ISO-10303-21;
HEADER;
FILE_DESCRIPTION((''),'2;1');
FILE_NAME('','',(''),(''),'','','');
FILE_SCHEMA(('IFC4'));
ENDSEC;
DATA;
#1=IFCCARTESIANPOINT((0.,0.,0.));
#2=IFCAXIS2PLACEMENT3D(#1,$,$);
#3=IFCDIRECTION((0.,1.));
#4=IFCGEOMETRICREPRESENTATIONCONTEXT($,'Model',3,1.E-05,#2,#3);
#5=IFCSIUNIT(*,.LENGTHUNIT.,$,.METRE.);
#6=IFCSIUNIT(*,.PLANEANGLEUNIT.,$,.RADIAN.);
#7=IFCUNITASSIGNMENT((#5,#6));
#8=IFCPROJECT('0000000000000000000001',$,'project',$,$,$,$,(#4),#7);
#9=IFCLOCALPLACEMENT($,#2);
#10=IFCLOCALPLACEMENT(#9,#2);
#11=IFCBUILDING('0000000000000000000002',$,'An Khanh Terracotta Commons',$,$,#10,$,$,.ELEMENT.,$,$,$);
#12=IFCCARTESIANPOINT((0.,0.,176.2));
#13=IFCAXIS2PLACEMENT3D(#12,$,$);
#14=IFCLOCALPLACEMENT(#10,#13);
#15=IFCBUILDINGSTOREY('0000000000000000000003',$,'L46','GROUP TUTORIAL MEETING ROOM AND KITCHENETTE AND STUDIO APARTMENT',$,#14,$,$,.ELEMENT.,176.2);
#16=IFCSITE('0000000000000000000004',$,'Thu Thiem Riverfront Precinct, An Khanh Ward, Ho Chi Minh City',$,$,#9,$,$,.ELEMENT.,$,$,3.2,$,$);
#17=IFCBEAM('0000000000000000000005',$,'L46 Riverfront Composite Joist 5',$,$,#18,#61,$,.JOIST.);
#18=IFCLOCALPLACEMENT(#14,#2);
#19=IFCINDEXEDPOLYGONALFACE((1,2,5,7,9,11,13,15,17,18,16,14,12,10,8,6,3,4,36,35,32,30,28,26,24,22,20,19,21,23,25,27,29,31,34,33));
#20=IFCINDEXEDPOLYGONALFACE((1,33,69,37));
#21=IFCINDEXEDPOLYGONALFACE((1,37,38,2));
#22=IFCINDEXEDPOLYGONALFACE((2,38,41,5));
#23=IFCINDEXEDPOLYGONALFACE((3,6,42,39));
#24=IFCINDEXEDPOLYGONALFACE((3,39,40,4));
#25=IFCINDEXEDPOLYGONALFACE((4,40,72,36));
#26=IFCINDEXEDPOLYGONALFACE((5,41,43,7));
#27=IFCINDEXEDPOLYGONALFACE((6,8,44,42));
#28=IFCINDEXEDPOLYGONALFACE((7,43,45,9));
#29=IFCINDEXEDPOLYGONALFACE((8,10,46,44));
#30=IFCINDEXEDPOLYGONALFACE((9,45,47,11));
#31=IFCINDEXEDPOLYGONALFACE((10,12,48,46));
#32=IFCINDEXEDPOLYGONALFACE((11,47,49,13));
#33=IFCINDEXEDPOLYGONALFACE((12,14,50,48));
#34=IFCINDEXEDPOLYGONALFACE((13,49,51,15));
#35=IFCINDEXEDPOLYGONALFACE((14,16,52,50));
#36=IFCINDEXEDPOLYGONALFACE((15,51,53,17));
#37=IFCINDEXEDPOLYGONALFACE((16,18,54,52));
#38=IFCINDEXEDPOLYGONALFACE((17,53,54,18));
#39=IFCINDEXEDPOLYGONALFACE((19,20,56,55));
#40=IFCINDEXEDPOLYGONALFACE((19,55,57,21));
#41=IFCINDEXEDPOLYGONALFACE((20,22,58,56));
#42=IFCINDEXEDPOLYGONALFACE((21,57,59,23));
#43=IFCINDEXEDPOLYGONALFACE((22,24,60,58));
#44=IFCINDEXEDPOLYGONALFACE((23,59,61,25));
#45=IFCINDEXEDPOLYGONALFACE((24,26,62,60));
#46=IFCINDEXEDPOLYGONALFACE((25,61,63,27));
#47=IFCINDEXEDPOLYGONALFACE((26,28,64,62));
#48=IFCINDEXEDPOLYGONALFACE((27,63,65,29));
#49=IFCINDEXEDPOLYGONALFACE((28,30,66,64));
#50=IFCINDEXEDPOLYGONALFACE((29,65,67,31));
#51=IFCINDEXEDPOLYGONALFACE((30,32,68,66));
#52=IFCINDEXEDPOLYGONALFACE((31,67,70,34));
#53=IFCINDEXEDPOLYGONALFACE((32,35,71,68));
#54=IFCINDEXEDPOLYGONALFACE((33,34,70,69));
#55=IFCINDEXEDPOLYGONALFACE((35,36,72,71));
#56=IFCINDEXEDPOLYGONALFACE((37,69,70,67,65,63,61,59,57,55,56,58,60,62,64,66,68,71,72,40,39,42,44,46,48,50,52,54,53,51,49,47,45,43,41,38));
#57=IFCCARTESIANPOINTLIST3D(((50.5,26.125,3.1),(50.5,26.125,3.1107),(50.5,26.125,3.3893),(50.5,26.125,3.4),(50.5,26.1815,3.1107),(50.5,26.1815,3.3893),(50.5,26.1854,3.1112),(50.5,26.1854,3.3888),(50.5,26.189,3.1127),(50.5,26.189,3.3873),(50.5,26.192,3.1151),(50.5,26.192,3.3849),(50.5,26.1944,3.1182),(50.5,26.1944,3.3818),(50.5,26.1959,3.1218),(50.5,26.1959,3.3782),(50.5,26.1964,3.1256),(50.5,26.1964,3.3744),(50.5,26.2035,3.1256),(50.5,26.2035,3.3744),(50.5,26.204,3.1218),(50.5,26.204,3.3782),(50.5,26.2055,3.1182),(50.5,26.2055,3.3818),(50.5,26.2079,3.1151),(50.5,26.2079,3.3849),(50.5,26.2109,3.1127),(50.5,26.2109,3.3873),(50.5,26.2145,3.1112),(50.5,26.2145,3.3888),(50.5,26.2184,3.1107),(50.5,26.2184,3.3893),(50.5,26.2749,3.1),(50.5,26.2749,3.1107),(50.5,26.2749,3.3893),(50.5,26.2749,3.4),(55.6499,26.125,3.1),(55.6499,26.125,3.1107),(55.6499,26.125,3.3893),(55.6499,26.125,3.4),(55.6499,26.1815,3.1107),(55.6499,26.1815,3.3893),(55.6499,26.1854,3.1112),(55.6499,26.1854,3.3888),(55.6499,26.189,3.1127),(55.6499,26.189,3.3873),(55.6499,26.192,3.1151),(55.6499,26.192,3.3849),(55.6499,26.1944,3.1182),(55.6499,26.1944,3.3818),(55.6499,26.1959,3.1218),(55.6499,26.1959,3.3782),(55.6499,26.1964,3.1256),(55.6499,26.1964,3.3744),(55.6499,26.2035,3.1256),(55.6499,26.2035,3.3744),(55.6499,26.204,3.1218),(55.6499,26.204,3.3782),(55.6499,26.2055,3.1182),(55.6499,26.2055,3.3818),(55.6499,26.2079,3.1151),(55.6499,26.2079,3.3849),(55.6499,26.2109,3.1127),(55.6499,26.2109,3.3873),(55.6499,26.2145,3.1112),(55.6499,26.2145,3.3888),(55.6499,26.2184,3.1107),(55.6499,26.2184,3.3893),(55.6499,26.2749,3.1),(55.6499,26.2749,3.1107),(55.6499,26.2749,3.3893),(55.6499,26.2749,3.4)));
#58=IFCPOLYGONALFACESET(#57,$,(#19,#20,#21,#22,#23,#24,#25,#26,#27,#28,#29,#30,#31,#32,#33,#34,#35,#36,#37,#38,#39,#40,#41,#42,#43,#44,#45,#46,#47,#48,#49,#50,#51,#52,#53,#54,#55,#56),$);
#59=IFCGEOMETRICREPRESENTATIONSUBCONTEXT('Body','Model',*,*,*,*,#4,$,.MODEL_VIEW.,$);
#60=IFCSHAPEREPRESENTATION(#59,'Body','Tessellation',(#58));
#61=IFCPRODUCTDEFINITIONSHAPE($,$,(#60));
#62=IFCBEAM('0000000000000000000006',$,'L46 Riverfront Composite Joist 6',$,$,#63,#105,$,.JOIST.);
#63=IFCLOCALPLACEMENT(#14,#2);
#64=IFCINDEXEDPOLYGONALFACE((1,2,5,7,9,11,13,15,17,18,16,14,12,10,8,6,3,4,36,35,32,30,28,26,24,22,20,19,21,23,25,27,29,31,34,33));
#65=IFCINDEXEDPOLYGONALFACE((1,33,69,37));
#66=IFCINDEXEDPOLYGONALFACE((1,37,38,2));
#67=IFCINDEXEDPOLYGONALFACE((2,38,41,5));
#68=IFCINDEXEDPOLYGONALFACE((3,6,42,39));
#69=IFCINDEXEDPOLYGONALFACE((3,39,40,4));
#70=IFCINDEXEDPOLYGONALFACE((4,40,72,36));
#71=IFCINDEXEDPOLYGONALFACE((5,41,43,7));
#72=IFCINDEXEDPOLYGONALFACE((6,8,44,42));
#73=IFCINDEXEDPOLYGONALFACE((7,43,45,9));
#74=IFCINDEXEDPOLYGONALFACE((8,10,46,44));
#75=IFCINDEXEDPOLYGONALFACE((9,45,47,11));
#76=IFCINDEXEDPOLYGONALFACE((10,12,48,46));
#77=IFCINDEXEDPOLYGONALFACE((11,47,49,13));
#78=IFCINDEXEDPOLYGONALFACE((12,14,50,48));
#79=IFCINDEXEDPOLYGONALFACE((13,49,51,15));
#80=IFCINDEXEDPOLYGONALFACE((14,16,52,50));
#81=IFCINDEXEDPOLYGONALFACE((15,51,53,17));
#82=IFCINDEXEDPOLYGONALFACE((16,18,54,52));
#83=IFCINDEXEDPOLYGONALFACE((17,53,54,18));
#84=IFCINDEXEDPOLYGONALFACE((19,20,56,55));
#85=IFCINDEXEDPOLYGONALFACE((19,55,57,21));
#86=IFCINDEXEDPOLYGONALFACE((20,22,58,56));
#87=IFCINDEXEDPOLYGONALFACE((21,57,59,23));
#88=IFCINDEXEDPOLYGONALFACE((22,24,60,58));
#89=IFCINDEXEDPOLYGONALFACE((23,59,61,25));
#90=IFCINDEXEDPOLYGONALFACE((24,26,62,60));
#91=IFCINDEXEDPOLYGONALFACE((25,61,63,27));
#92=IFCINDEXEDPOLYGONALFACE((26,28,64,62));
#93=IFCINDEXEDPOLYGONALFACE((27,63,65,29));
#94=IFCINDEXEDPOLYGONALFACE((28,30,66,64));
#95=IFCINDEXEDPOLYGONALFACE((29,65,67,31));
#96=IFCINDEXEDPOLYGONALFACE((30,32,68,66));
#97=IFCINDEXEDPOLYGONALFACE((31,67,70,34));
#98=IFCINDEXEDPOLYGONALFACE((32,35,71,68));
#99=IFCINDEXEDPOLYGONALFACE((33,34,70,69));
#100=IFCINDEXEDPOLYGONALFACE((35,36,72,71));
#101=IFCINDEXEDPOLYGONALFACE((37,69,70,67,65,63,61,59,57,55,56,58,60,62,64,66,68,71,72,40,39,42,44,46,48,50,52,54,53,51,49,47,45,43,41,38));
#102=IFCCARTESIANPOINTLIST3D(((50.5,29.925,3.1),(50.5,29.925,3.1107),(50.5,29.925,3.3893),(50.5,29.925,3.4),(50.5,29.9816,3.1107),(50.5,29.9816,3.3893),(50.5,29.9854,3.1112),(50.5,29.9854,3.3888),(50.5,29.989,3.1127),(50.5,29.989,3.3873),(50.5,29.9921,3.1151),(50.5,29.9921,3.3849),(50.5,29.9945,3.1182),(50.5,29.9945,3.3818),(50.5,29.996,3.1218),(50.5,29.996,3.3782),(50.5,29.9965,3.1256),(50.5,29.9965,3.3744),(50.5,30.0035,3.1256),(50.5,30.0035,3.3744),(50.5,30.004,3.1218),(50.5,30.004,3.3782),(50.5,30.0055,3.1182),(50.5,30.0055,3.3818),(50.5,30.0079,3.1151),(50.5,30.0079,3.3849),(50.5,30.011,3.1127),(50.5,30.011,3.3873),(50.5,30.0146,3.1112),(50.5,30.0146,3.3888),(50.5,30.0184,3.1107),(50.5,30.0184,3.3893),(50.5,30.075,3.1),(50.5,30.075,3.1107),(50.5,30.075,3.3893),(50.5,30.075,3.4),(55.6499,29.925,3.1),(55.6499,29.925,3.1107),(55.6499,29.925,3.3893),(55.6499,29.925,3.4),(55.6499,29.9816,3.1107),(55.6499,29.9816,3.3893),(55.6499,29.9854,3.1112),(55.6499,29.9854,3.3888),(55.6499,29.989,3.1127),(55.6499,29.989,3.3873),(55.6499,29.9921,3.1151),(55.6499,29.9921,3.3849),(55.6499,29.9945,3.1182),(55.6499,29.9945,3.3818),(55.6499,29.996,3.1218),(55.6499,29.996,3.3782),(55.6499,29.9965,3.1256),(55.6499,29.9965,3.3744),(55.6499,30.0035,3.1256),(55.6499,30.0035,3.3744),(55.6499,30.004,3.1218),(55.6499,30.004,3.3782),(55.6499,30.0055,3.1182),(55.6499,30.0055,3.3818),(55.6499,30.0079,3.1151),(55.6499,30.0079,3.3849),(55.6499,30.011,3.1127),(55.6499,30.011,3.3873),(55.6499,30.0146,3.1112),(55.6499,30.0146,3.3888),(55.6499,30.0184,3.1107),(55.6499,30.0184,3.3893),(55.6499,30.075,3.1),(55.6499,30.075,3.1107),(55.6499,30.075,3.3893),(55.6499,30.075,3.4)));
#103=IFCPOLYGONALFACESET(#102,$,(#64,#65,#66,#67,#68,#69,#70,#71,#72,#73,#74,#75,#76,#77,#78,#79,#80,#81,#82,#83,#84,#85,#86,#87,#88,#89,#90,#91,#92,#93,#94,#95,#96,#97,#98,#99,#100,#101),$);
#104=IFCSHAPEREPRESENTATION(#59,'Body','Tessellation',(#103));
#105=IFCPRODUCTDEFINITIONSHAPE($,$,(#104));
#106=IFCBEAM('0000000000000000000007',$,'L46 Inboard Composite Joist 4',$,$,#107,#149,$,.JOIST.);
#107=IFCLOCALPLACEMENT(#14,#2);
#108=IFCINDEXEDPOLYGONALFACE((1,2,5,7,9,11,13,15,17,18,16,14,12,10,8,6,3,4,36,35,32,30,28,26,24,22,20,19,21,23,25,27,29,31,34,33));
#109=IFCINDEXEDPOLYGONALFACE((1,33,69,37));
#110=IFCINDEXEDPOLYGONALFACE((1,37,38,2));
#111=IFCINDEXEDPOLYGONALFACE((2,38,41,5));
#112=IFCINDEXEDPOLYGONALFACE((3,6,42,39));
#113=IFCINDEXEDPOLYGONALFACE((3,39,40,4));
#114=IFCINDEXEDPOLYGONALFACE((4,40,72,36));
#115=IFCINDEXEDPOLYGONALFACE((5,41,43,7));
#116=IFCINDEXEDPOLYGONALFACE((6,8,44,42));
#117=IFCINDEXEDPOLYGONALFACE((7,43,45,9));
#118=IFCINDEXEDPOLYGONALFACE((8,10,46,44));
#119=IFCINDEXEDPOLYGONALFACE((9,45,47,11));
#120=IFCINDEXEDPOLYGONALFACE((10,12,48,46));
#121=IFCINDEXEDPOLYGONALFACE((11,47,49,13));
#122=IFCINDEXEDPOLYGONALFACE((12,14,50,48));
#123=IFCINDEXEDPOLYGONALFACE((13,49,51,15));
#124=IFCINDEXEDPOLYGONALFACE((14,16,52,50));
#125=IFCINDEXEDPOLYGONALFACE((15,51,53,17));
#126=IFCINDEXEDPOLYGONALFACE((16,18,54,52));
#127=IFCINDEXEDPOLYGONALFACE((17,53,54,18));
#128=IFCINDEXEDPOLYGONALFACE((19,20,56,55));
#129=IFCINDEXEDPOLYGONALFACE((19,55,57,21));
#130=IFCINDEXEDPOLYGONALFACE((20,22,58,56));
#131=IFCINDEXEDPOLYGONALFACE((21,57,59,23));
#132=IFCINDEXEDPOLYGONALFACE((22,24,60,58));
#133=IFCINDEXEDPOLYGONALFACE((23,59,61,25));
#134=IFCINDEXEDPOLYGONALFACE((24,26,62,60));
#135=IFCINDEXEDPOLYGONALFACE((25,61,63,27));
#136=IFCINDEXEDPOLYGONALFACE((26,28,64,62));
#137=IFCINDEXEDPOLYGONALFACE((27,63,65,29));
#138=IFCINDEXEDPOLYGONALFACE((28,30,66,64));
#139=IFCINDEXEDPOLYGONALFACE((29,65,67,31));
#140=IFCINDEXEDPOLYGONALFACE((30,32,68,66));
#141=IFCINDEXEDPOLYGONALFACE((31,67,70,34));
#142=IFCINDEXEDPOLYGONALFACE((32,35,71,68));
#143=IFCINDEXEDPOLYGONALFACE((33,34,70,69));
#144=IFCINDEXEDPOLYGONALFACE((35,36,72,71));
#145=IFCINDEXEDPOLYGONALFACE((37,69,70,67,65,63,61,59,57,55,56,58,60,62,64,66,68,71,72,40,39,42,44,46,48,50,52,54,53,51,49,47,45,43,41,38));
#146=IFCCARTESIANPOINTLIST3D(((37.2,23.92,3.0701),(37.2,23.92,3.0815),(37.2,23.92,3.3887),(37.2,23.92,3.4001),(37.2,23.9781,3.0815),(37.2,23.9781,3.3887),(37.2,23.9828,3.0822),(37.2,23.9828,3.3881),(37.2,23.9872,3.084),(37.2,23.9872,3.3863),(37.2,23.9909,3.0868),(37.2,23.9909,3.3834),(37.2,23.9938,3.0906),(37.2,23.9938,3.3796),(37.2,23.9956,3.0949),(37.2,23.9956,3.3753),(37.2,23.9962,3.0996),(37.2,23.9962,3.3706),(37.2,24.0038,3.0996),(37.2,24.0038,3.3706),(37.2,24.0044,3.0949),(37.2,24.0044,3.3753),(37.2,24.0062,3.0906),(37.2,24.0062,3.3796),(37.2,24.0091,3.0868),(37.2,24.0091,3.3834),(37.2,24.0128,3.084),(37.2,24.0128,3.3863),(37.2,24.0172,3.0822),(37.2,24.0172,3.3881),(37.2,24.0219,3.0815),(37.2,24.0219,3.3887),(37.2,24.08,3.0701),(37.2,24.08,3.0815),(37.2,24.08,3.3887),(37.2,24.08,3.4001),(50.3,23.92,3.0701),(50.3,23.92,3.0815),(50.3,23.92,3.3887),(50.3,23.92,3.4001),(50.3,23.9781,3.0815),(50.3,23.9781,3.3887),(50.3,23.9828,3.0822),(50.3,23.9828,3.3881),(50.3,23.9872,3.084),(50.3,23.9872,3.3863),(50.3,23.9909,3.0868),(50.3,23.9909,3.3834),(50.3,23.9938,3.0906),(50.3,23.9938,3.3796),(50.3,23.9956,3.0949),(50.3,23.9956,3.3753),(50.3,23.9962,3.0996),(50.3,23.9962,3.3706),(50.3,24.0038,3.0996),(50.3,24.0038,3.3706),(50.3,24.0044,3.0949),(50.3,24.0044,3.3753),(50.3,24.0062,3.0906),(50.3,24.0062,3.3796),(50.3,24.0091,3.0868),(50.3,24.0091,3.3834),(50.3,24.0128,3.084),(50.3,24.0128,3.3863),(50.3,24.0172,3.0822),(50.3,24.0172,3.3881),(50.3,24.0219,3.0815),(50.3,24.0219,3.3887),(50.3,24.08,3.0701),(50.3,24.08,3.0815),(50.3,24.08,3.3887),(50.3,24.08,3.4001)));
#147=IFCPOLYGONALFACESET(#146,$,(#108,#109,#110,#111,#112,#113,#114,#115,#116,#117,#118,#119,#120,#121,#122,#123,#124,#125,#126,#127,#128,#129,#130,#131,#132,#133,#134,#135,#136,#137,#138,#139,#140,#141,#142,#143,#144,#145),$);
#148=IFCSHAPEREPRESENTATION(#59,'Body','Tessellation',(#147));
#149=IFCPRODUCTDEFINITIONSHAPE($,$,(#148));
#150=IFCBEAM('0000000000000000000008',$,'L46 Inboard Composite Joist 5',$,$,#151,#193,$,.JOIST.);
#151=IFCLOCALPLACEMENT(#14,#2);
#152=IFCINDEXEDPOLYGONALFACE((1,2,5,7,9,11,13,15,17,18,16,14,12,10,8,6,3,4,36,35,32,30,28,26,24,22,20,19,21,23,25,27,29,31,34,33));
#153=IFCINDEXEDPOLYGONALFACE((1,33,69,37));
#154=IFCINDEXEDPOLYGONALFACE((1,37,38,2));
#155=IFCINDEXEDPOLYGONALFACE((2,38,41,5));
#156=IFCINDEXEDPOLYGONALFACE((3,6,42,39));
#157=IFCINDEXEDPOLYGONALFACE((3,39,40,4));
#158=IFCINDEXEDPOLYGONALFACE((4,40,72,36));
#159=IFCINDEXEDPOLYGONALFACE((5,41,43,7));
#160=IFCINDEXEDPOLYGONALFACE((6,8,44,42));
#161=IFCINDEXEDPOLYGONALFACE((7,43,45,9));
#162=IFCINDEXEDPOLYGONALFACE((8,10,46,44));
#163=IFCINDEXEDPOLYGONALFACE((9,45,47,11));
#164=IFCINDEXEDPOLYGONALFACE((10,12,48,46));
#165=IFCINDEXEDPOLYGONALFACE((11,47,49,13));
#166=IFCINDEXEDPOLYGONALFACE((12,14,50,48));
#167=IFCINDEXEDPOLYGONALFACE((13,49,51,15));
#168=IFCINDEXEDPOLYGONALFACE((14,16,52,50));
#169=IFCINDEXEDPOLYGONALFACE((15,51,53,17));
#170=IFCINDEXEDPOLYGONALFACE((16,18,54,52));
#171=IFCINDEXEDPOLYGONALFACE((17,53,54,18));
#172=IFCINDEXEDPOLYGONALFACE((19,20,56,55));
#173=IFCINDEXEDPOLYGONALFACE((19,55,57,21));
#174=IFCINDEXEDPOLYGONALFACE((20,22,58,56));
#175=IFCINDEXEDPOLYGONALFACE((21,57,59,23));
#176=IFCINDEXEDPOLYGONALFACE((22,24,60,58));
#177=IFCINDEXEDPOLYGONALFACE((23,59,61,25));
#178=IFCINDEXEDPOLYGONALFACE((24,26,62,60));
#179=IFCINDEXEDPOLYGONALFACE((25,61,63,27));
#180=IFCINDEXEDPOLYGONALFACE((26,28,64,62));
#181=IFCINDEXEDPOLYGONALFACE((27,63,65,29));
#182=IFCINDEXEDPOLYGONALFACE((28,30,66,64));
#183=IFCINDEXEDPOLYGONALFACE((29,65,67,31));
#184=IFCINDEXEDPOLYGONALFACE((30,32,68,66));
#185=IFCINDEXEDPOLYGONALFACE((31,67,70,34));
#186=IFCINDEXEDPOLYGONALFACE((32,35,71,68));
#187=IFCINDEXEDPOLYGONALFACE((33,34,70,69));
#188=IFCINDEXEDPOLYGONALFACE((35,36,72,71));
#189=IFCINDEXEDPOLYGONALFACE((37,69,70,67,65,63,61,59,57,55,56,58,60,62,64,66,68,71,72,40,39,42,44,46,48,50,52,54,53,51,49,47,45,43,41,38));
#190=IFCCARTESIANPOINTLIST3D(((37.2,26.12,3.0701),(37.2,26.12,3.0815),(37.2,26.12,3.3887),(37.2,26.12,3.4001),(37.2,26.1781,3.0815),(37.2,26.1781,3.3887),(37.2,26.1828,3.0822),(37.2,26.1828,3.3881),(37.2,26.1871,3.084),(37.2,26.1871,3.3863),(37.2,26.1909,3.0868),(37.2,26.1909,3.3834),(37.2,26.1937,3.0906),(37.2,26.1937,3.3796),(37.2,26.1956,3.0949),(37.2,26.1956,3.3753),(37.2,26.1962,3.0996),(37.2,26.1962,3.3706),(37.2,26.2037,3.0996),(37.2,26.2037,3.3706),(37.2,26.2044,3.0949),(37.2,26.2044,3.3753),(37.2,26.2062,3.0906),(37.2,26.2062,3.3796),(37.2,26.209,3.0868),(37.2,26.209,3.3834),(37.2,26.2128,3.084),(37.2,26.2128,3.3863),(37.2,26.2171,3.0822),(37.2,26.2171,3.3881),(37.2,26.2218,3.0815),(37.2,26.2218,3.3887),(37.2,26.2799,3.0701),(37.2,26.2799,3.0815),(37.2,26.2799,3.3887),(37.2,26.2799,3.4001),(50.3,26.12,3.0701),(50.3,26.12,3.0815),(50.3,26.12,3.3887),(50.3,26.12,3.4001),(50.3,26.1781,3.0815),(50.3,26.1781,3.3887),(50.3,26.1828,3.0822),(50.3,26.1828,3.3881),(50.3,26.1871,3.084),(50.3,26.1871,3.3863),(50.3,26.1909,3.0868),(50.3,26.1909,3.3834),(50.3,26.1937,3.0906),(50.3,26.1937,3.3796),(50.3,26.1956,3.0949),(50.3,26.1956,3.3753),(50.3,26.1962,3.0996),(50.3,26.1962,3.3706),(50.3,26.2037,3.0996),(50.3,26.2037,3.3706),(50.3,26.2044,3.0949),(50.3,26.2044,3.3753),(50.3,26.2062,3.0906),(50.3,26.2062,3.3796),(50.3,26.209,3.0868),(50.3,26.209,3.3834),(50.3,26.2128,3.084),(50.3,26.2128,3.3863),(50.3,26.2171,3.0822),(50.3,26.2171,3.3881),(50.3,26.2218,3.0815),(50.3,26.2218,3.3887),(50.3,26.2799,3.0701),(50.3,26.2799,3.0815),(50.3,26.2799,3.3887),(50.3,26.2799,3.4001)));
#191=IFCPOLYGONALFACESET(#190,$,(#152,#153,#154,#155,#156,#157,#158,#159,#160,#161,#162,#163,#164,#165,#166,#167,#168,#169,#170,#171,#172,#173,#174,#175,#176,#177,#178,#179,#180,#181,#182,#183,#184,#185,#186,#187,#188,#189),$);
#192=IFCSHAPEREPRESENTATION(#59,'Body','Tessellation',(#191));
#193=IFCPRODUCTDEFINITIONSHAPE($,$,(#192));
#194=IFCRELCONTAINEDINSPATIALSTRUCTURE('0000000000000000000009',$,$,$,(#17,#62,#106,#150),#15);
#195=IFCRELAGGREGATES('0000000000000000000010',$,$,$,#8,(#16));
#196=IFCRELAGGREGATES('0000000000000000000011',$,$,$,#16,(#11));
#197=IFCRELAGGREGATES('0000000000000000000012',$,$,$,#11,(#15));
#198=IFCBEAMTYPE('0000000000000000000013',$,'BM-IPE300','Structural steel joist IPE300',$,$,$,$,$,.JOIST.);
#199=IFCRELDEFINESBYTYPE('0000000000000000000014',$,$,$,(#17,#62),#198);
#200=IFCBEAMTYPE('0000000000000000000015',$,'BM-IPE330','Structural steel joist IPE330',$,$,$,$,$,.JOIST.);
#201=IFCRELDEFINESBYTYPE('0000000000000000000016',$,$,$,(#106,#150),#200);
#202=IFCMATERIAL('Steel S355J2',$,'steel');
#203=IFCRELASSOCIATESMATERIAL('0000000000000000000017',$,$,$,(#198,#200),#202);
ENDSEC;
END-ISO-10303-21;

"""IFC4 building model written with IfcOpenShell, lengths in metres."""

from ifc_helpers import new_model, si_unit, direction, frame, origin, origin_2d, place, context, subcontext, project, spatial, i_section, extrude, material, material_profile, profile_set, type_object, element, save


model = new_model("IFC4")

# Units and contexts
model_context = context("Model", 3, precision=1e-05, world=origin(), true_north=direction((0.0, 1.0)))
body_context = subcontext(model_context, "Body", "Model", "MODEL_VIEW")
ifc_project = project(units=[si_unit("LENGTHUNIT", "METRE"), si_unit("PLANEANGLEUNIT", "RADIAN")], contexts=[model_context])

# Site, building, storey
site_placement = place(None, origin())
site = spatial("IfcSite", under=ifc_project, at=site_placement, Name="Thu Thiem Riverfront Precinct, An Khanh Ward, Ho Chi Minh City", CompositionType="ELEMENT", RefElevation=3.2)
building_placement = place(site_placement, origin())
building = spatial("IfcBuilding", under=site, at=building_placement, Name="An Khanh Terracotta Commons", CompositionType="ELEMENT")
storey_placement = place(building_placement, frame((0.0, 0.0, 176.2)))
storey = spatial("IfcBuildingStorey", under=building, at=storey_placement, Name="L46", Description="GROUP TUTORIAL MEETING ROOM AND KITCHENETTE AND STUDIO APARTMENT", CompositionType="ELEMENT", Elevation=176.2)

# Beams
ifc_material_1 = material(Name="Steel S355J2", Category="steel")
ifc_material_profile_1 = material_profile(ifc_material_1, i_section(OverallWidth=0.1499, OverallDepth=0.3, WebThickness=0.0071, FlangeThickness=0.0107, FilletRadius=0.0149, at=origin_2d()), Name="IPE300")
ifc_profile_set_1 = profile_set([ifc_material_profile_1], Name="Steel S355J2")
beam_type_1 = type_object("IfcBeamType", Name="BM-IPE300", Description="Structural steel joist IPE300", PredefinedType="JOIST", material=ifc_profile_set_1)
for number, where, z_axis, x_axis, name in (
    (1, (50.5, 26.2, 3.25), (1.0, 0.0, 0.0), (0.0, 1.0, 0.0), "L46 Riverfront Composite Joist 5"),
    (2, (50.5, 30.0, 3.25), (1.0, 0.0, 0.0), (0.0, 1.0, 0.0), "L46 Riverfront Composite Joist 6"),
):
    element("IfcBeam", number, at=place(storey_placement, frame(where, z_axis=z_axis, x_axis=x_axis)), inside=storey, type_object=beam_type_1, Name=name, PredefinedType="JOIST", context=body_context, shape_type="SweptSolid", body=[
        extrude(i_section(OverallWidth=0.1499, OverallDepth=0.3, WebThickness=0.0071, FlangeThickness=0.0107, FilletRadius=0.0149, at=origin_2d()), origin(), (0.0, 0.0, 1.0), 5.1499),
    ])
ifc_material_profile_2 = material_profile(ifc_material_1, i_section(OverallWidth=0.1599, OverallDepth=0.3301, WebThickness=0.0076, FlangeThickness=0.0115, FilletRadius=0.0181, at=origin_2d()), Name="IPE330")
ifc_profile_set_2 = profile_set([ifc_material_profile_2], Name="Steel S355J2")
beam_type_2 = type_object("IfcBeamType", Name="BM-IPE330", Description="Structural steel joist IPE330", PredefinedType="JOIST", material=ifc_profile_set_2)
for number, where, z_axis, x_axis, name in (
    (3, (37.2, 24.0, 3.2351), (1.0, 0.0, 0.0), (0.0, 1.0, 0.0), "L46 Inboard Composite Joist 4"),
    (4, (37.2, 26.2, 3.2351), (1.0, 0.0, 0.0), (0.0, 1.0, 0.0), "L46 Inboard Composite Joist 5"),
):
    element("IfcBeam", number, at=place(storey_placement, frame(where, z_axis=z_axis, x_axis=x_axis)), inside=storey, type_object=beam_type_2, Name=name, PredefinedType="JOIST", context=body_context, shape_type="SweptSolid", body=[
        extrude(i_section(OverallWidth=0.1599, OverallDepth=0.3301, WebThickness=0.0076, FlangeThickness=0.0115, FilletRadius=0.0181, at=origin_2d()), origin(), (0.0, 0.0, 1.0), 13.1001),
    ])

save(model, "model.ifc")
